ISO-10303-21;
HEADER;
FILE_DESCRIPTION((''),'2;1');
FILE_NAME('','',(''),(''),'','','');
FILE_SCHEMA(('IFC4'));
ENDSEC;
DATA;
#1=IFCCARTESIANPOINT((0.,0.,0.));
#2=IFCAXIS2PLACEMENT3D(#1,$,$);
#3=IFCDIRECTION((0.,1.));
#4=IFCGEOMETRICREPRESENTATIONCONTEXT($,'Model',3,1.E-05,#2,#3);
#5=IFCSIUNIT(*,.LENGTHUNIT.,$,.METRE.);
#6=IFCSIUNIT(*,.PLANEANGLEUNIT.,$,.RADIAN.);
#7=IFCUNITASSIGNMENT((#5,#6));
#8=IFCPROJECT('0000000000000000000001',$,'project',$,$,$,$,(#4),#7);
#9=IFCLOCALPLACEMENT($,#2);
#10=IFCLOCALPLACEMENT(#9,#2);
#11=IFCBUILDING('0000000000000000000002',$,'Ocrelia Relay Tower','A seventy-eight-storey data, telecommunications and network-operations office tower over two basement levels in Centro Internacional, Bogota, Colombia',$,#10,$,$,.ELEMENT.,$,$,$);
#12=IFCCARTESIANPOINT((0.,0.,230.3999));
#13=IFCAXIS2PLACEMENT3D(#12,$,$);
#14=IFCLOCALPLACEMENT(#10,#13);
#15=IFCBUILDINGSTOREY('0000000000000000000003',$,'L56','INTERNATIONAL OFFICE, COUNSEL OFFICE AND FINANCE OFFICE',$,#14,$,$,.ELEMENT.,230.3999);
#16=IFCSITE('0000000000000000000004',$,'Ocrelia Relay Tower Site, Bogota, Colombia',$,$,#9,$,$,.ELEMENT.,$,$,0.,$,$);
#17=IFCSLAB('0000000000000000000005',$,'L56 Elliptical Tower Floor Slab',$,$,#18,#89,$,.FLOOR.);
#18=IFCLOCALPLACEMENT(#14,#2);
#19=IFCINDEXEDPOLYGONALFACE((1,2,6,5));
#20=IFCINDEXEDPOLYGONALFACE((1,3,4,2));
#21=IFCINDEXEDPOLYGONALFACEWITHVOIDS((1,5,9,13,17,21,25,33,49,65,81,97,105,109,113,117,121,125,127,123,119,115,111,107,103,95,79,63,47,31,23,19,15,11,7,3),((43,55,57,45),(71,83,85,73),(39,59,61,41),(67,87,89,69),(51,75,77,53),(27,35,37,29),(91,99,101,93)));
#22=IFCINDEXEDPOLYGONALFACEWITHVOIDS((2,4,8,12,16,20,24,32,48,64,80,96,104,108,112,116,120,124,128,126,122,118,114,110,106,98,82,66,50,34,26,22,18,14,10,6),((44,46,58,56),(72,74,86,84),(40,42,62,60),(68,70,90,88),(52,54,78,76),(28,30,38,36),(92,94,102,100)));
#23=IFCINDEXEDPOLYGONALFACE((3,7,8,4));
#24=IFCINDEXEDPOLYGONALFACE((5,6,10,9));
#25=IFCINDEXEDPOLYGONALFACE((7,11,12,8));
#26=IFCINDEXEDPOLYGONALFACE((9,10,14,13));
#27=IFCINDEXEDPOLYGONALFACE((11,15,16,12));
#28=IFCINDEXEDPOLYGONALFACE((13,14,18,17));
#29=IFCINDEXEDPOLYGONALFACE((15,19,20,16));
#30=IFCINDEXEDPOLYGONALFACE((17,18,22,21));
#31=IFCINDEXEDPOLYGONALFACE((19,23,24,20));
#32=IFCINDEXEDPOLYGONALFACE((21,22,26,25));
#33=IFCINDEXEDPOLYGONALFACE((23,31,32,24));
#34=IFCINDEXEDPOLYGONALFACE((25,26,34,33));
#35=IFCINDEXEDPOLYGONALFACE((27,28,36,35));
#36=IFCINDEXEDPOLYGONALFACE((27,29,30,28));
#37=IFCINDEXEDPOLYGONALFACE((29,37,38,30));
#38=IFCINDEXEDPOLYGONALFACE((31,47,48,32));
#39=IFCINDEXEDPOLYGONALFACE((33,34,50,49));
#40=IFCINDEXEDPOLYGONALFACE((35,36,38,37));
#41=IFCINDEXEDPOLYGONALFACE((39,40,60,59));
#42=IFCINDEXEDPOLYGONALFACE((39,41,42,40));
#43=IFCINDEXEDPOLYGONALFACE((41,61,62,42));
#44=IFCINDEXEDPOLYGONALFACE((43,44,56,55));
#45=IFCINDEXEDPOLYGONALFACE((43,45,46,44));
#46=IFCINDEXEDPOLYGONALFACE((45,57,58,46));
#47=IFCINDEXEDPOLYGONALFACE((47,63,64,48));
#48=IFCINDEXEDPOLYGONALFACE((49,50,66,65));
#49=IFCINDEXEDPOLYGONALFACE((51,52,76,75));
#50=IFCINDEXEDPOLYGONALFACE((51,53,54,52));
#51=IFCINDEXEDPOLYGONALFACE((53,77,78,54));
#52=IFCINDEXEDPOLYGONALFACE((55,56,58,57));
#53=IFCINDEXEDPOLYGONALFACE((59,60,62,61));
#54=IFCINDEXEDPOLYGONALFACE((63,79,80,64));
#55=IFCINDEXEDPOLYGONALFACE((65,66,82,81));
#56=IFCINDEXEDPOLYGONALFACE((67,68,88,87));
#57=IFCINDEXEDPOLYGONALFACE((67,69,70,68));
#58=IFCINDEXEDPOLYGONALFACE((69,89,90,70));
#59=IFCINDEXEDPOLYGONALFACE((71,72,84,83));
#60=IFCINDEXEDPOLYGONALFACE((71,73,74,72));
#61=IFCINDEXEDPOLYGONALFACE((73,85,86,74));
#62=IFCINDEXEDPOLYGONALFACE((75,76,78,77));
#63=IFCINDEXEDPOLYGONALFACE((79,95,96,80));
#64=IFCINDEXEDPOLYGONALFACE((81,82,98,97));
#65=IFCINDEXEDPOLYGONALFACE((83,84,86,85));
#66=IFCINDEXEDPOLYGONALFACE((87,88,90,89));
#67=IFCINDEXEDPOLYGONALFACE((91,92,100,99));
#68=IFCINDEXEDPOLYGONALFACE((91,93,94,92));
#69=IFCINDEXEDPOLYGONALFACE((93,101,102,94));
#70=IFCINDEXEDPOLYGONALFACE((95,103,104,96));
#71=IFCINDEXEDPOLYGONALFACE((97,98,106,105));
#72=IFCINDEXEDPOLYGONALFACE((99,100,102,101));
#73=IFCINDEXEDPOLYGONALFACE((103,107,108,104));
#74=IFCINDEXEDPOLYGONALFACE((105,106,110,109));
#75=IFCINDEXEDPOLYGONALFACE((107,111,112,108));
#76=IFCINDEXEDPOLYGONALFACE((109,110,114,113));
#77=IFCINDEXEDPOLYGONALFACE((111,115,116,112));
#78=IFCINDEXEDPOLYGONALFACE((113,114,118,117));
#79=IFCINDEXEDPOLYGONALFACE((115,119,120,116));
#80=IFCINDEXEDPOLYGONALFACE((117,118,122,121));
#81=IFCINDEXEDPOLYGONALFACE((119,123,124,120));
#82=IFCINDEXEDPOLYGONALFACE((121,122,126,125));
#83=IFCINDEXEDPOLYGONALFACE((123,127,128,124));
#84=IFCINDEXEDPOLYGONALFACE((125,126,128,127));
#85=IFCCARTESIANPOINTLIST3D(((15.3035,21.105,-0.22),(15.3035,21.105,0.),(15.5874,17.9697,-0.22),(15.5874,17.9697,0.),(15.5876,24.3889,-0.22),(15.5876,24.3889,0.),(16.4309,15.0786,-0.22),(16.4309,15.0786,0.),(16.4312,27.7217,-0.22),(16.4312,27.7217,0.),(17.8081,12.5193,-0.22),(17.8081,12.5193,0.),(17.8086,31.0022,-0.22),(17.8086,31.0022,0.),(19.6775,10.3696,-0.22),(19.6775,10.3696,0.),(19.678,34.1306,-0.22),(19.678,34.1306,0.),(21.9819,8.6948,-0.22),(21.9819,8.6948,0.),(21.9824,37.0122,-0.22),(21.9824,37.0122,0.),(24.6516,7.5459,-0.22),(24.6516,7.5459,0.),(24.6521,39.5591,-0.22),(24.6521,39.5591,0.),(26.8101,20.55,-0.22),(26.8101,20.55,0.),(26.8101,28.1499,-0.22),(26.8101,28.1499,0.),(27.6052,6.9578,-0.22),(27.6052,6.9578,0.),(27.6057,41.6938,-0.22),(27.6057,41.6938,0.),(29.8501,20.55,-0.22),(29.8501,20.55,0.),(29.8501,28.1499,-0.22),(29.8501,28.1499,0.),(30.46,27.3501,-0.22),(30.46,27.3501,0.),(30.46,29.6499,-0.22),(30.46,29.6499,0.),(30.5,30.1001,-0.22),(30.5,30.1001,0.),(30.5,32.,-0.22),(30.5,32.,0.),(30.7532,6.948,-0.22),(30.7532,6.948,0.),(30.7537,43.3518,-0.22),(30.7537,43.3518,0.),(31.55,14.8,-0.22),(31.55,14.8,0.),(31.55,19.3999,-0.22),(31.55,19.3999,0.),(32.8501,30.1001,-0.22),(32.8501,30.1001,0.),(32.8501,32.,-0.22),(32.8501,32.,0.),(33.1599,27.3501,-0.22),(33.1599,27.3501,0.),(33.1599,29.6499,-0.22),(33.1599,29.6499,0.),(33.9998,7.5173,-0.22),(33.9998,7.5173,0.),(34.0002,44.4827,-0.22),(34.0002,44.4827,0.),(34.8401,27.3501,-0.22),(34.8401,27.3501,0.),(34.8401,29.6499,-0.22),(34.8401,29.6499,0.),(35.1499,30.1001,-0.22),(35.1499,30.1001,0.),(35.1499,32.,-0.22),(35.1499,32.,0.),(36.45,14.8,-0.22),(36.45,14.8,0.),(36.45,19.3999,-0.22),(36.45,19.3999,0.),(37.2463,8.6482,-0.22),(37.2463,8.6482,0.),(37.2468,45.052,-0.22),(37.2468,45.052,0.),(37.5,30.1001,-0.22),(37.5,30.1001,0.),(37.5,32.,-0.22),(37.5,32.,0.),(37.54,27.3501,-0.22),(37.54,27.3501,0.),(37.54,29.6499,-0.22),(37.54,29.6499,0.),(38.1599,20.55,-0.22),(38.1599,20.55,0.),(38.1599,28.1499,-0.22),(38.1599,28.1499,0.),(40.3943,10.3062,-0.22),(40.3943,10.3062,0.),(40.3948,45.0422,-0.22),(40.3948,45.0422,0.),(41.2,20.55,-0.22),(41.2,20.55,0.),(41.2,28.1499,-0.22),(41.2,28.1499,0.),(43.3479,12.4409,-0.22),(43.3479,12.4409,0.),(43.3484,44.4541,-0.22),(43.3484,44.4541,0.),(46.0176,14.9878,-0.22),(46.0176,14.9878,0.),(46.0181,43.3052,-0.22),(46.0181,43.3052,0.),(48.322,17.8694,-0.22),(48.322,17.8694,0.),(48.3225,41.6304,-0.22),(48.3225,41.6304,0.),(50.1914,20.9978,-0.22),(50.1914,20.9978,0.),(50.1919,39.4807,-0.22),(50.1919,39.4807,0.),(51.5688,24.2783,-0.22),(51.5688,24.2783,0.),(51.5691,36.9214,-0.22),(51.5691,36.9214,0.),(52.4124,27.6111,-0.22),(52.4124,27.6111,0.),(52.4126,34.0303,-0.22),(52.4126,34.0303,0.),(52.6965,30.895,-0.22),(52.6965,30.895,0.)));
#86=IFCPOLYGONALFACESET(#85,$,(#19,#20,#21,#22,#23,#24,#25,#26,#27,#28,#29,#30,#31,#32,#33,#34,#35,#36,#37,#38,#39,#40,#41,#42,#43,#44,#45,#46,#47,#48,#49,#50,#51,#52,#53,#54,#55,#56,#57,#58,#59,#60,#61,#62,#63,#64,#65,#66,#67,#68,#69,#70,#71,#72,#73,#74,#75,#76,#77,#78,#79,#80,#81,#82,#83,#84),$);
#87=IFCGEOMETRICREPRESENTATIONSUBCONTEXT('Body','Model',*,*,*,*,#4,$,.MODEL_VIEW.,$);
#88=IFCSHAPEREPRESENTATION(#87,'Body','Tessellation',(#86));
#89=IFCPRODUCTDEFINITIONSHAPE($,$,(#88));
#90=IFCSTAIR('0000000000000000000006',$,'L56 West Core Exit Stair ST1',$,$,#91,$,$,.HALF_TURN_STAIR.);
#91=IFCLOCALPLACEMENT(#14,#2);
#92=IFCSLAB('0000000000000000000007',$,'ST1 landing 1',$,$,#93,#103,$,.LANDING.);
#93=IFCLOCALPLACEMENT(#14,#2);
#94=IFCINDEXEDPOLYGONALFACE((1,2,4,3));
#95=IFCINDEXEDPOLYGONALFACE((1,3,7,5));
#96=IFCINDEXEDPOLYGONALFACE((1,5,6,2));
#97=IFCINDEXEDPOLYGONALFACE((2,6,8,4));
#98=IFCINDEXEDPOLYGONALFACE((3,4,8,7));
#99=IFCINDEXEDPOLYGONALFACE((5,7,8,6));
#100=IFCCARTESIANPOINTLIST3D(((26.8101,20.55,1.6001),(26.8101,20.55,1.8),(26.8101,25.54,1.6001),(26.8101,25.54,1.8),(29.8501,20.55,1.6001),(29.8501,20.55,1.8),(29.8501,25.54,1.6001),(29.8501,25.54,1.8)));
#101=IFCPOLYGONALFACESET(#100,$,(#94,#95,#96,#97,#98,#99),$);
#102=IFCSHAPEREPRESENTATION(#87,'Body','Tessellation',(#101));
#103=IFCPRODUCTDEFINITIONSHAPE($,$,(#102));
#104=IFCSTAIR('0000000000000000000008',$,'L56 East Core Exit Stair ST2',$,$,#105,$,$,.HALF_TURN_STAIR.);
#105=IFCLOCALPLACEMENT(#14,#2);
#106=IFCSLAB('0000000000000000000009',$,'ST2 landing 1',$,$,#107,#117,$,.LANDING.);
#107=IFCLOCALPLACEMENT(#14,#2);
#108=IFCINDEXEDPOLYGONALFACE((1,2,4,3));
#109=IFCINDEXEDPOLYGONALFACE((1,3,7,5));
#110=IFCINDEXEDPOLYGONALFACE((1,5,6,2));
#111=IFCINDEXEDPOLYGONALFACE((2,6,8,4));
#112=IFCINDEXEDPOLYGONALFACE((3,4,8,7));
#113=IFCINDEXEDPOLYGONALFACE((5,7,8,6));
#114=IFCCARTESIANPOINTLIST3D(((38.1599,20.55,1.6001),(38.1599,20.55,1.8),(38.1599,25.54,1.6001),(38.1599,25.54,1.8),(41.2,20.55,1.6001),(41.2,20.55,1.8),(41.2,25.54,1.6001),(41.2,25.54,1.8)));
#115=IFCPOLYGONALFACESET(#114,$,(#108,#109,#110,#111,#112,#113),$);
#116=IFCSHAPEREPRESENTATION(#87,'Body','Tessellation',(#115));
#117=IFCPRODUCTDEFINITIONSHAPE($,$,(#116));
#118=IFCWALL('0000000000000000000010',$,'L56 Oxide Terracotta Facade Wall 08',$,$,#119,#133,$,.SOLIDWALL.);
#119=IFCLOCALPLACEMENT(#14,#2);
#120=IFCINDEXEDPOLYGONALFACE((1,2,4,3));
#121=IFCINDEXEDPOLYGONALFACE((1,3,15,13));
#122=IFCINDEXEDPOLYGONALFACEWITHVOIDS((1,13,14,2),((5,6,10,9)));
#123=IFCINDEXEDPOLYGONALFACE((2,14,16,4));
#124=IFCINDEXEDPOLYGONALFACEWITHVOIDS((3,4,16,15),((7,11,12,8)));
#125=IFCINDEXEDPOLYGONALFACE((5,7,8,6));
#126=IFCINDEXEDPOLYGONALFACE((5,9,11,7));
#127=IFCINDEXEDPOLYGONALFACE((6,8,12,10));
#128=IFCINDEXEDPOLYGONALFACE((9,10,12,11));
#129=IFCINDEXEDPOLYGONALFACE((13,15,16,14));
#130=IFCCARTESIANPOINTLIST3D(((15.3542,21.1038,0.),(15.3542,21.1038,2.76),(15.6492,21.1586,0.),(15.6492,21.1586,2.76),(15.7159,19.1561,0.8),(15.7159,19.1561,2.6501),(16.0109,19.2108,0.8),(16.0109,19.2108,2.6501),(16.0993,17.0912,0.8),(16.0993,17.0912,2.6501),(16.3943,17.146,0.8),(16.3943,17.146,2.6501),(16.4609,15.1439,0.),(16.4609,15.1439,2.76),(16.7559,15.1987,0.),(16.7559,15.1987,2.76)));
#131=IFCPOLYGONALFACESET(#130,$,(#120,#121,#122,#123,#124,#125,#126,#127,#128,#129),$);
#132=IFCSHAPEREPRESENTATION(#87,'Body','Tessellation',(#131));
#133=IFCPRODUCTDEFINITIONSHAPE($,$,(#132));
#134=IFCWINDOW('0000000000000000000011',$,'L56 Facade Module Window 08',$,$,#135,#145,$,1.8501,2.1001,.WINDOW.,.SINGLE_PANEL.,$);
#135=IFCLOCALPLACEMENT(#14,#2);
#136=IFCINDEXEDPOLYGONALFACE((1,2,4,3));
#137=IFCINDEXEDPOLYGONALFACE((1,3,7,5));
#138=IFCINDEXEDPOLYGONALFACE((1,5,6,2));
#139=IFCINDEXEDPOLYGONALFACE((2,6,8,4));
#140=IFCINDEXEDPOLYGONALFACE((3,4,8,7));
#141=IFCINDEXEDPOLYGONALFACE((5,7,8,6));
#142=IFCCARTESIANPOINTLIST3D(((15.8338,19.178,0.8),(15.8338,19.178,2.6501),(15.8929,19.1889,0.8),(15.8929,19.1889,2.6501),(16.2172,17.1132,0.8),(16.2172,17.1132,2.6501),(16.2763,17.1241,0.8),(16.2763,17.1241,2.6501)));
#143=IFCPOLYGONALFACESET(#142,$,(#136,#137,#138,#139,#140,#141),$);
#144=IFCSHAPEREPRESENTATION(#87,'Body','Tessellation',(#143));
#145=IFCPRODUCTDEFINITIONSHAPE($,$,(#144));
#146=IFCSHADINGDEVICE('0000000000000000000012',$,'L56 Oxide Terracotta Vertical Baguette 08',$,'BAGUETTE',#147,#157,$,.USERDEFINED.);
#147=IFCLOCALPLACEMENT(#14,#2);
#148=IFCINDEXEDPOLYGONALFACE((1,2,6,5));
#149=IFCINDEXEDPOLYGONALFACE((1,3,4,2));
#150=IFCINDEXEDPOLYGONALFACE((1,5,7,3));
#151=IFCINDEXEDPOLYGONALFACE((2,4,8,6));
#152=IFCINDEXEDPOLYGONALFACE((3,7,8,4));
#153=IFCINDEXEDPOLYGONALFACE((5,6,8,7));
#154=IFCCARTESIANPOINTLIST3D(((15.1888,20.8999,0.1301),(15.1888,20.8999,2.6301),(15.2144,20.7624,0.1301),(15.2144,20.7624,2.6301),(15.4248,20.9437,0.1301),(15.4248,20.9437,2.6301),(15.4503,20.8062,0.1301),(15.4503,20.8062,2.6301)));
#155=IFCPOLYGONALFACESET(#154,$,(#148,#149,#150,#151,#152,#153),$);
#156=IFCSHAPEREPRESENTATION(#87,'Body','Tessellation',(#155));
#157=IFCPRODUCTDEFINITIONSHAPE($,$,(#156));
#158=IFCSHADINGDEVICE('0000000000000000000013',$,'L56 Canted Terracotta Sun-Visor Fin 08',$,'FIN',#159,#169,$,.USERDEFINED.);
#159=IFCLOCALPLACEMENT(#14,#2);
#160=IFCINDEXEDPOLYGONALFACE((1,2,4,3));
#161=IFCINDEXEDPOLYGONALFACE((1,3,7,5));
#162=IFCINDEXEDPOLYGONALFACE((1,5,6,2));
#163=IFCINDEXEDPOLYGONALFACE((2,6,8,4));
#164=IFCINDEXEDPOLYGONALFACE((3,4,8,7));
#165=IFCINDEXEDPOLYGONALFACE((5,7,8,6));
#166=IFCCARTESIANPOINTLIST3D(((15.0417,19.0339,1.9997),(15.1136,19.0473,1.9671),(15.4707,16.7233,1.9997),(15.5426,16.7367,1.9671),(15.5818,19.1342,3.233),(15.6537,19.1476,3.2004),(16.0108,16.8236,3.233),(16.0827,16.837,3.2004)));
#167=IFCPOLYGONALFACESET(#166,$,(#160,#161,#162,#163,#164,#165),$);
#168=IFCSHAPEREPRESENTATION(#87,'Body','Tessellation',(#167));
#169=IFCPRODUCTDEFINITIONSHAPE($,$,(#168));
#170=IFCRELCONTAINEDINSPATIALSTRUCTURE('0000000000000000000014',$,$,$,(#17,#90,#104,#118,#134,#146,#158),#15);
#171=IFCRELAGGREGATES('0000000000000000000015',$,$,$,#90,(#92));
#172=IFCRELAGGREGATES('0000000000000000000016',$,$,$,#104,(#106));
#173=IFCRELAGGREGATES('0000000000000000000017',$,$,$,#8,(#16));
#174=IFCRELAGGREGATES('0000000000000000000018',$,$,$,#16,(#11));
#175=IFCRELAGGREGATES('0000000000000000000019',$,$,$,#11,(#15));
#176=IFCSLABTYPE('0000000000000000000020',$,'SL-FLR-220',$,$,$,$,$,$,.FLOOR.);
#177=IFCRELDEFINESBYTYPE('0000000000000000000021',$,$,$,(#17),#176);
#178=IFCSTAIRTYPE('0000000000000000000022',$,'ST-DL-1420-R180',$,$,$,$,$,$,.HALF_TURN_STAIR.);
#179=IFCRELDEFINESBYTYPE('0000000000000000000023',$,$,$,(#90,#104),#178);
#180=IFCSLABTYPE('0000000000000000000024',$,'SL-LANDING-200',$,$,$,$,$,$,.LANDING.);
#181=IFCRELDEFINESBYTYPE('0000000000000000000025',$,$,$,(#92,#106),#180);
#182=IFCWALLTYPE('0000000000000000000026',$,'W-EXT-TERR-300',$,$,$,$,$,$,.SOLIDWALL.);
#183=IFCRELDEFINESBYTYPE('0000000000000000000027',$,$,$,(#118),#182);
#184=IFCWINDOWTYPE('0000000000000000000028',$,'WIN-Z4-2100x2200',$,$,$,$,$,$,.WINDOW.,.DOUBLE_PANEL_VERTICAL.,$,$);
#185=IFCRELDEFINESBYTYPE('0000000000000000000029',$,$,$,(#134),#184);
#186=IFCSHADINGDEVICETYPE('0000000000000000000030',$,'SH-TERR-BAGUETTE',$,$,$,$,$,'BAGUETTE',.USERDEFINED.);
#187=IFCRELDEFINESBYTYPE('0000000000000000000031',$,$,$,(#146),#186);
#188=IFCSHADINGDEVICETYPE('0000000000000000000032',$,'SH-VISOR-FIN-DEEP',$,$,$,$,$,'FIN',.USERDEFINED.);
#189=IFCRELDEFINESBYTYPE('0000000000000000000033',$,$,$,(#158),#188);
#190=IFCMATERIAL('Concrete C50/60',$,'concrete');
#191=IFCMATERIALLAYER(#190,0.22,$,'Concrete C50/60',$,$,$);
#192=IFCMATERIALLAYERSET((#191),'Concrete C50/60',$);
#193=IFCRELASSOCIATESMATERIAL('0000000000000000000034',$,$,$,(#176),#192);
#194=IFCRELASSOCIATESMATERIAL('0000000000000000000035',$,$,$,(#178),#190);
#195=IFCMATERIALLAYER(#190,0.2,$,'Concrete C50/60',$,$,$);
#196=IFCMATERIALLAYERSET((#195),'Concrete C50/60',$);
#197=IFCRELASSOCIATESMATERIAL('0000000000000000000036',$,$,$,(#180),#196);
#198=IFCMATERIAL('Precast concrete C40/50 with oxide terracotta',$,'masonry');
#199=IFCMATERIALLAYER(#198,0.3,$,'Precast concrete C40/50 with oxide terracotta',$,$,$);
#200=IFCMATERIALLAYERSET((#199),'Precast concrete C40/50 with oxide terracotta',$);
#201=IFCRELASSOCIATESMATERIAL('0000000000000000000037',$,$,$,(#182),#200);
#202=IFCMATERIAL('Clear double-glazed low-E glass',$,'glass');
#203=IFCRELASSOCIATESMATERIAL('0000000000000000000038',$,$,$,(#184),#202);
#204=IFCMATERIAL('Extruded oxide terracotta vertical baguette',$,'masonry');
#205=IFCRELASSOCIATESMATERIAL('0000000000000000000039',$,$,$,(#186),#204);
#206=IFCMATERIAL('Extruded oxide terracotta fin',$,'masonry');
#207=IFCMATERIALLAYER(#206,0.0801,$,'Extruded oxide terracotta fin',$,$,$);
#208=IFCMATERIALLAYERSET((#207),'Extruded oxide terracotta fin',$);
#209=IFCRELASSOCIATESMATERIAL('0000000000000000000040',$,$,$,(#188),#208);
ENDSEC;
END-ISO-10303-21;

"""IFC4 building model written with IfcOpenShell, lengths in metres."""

from ifc_helpers import new_model, si_unit, direction, frame, frame_2d, origin, origin_2d, place, context, subcontext, project, spatial, polyline, rectangle, outline, extrude, material, layer, layer_set, type_object, element, fill, aggregate, save


model = new_model("IFC4")

# Units and contexts
model_context = context("Model", 3, precision=1e-05, world=origin(), true_north=direction((0.0, 1.0)))
body_context = subcontext(model_context, "Body", "Model", "MODEL_VIEW")
ifc_project = project(units=[si_unit("LENGTHUNIT", "METRE"), si_unit("PLANEANGLEUNIT", "RADIAN")], contexts=[model_context])

# Site, building, storey
site_placement = place(None, origin())
site = spatial("IfcSite", under=ifc_project, at=site_placement, Name="Ocrelia Relay Tower Site, Bogota, Colombia", CompositionType="ELEMENT", RefElevation=0.0)
building_placement = place(site_placement, origin())
building = spatial("IfcBuilding", under=site, at=building_placement, Name="Ocrelia Relay Tower", Description="A seventy-eight-storey data, telecommunications and network-operations office tower over two basement levels in Centro Internacional, Bogota, Colombia", CompositionType="ELEMENT")
storey_placement = place(building_placement, frame((0.0, 0.0, 230.3999)))
storey = spatial("IfcBuildingStorey", under=building, at=storey_placement, Name="L56", Description="INTERNATIONAL OFFICE, COUNSEL OFFICE AND FINANCE OFFICE", CompositionType="ELEMENT", Elevation=230.3999)

# Shared definitions
ifc_material_1 = material(Name="Concrete C50/60", Category="concrete")

# Shared definitions
ifc_material_2 = material(Name="Clear double-glazed low-E glass", Category="glass")

# Slab
ifc_layer_1 = layer(ifc_material_1, 0.22, Name="Concrete C50/60")
ifc_layer_set_1 = layer_set([ifc_layer_1], Name="Concrete C50/60")
slab_type_1 = type_object("IfcSlabType", Name="SL-FLR-220", PredefinedType="FLOOR", material=ifc_layer_set_1)
slab_1_placement = place(storey_placement, frame((0.0, 0.0, -0.22)))
element("IfcSlab", 1, at=slab_1_placement, inside=storey, type_object=slab_type_1, Name="L56 Elliptical Tower Floor Slab", PredefinedType="FLOOR", context=body_context, shape_type="SweptSolid", body=[
    extrude(outline(polyline([(48.3225, 41.6304), (46.0181, 43.3052), (43.3484, 44.4541), (40.3948, 45.0422), (37.2468, 45.052), (34.0002, 44.4827), (30.7537, 43.3518), (27.6057, 41.6938), (24.6521, 39.5591), (21.9824, 37.0122), (19.678, 34.1306), (17.8086, 31.0022), (16.4312, 27.7217), (15.5876, 24.3889), (15.3035, 21.105), (15.5874, 17.9697), (16.4309, 15.0786), (17.8081, 12.5193), (19.6775, 10.3696), (21.9819, 8.6948), (24.6516, 7.5459), (27.6052, 6.9578), (30.7532, 6.948), (33.9998, 7.5173), (37.2463, 8.6482), (40.3943, 10.3062), (43.3479, 12.4409), (46.0176, 14.9878), (48.322, 17.8694), (50.1914, 20.9978), (51.5688, 24.2783), (52.4124, 27.6111), (52.6965, 30.895), (52.4126, 34.0303), (51.5691, 36.9214), (50.1919, 39.4807), (48.3225, 41.6304)]), holes=[polyline([(26.8101, 28.1499), (26.8101, 20.55), (29.8501, 20.55), (29.8501, 28.1499), (26.8101, 28.1499)]), polyline([(38.1599, 28.1499), (38.1599, 20.55), (41.2, 20.55), (41.2, 28.1499), (38.1599, 28.1499)]), polyline([(30.46, 27.3501), (33.1599, 27.3501), (33.1599, 29.6499), (30.46, 29.6499), (30.46, 27.3501)]), polyline([(34.8401, 27.3501), (37.54, 27.3501), (37.54, 29.6499), (34.8401, 29.6499), (34.8401, 27.3501)]), polyline([(30.5, 30.1001), (32.8501, 30.1001), (32.8501, 32.0), (30.5, 32.0), (30.5, 30.1001)]), polyline([(35.1499, 30.1001), (37.5, 30.1001), (37.5, 32.0), (35.1499, 32.0), (35.1499, 30.1001)]), polyline([(31.55, 14.8), (36.45, 14.8), (36.45, 19.3999), (31.55, 19.3999), (31.55, 14.8)])]), origin(), (0.0, 0.0, 1.0), 0.22),
])

# Stairs, slabs
stair_type = type_object("IfcStairType", Name="ST-DL-1420-R180", PredefinedType="HALF_TURN_STAIR", material=ifc_material_1)
stair_1_placement = place(storey_placement, origin())
stair_1 = element("IfcStair", 2, at=stair_1_placement, inside=storey, type_object=stair_type, Name="L56 West Core Exit Stair ST1", PredefinedType="HALF_TURN_STAIR")
ifc_layer_2 = layer(ifc_material_1, 0.2, Name="Concrete C50/60")
ifc_layer_set_2 = layer_set([ifc_layer_2], Name="Concrete C50/60")
slab_type_2 = type_object("IfcSlabType", Name="SL-LANDING-200", PredefinedType="LANDING", material=ifc_layer_set_2)
slab_2_placement = place(storey_placement, frame((0.0, 0.0, 1.6001)))
slab_2 = element("IfcSlab", 3, at=slab_2_placement, type_object=slab_type_2, Name="ST1 landing 1", PredefinedType="LANDING", context=body_context, shape_type="SweptSolid", body=[
    extrude(outline(polyline([(26.8101, 25.54), (26.8101, 20.55), (29.8501, 20.55), (29.8501, 25.54), (26.8101, 25.54)])), origin(), (0.0, 0.0, 1.0), 0.2),
])
aggregate(stair_1, [slab_2])
stair_2_placement = place(storey_placement, origin())
stair_2 = element("IfcStair", 4, at=stair_2_placement, inside=storey, type_object=stair_type, Name="L56 East Core Exit Stair ST2", PredefinedType="HALF_TURN_STAIR")
slab_3_placement = place(storey_placement, frame((0.0, 0.0, 1.6001)))
slab_3 = element("IfcSlab", 5, at=slab_3_placement, type_object=slab_type_2, Name="ST2 landing 1", PredefinedType="LANDING", context=body_context, shape_type="SweptSolid", body=[
    extrude(outline(polyline([(38.1599, 25.54), (38.1599, 20.55), (41.2, 20.55), (41.2, 25.54), (38.1599, 25.54)])), origin(), (0.0, 0.0, 1.0), 0.2),
])
aggregate(stair_2, [slab_3])

# Wall, opening, window
ifc_material_3 = material(Name="Precast concrete C40/50 with oxide terracotta", Category="masonry")
ifc_layer_3 = layer(ifc_material_3, 0.3, Name="Precast concrete C40/50 with oxide terracotta")
ifc_layer_set_3 = layer_set([ifc_layer_3], Name="Precast concrete C40/50 with oxide terracotta")
wall_type = type_object("IfcWallType", Name="W-EXT-TERR-300", PredefinedType="SOLIDWALL", material=ifc_layer_set_3)
wall_placement = place(storey_placement, frame((15.5017, 21.1311, 0.0), z_axis=(0.0, 0.0, 1.0), x_axis=(0.182567, -0.983193, 0.0)))
wall = element("IfcWall", 6, at=wall_placement, inside=storey, type_object=wall_type, Name="L56 Oxide Terracotta Facade Wall 08", PredefinedType="SOLIDWALL", context=body_context, shape_type="SweptSolid", body=[
    extrude(rectangle(XDim=6.0618, YDim=0.3, at=frame_2d((3.0308, 0.0))), origin(), (0.0, 0.0, 1.0), 2.76),
])
opening_placement = place(wall_placement, frame((1.981, 0.0, 0.8)))
opening = element("IfcOpeningElement", 7, at=opening_placement, cuts=wall, PredefinedType="OPENING", context=body_context, shape_type="SweptSolid", body=[
    extrude(rectangle(XDim=2.1001, YDim=1.8501, at=frame_2d((1.05, 0.925))), frame((0.0, 0.1602, 0.0), z_axis=(0.0, -1.0, 0.0), x_axis=(1.0, 0.0, 0.0)), (0.0, 0.0, 1.0), 0.3201),
])
window_type = type_object("IfcWindowType", Name="WIN-Z4-2100x2200", PartitioningType="DOUBLE_PANEL_VERTICAL", PredefinedType="WINDOW", material=ifc_material_2)
window_placement = place(opening_placement, origin())
window = element("IfcWindow", 8, at=window_placement, inside=storey, type_object=window_type, Name="L56 Facade Module Window 08", OverallHeight=1.8501, OverallWidth=2.1001, PartitioningType="SINGLE_PANEL", PredefinedType="WINDOW", context=body_context, shape_type="SweptSolid", body=[
    extrude(rectangle(XDim=2.1001, YDim=1.8501, at=frame_2d((1.05, 0.925))), frame((0.0, 0.03, 0.0), z_axis=(0.0, -1.0, 0.0), x_axis=(1.0, 0.0, 0.0)), (0.0, 0.0, 1.0), 0.0601),
])
fill(opening, window)

# Shading devices
ifc_material_4 = material(Name="Extruded oxide terracotta vertical baguette", Category="masonry")
shading_device_type_1 = type_object("IfcShadingDeviceType", Name="SH-TERR-BAGUETTE", ElementType="BAGUETTE", PredefinedType="USERDEFINED", material=ifc_material_4)
shading_device_1_placement = place(storey_placement, frame((15.3196, 20.853, 0.1301), z_axis=(0.0, 0.0, 1.0), x_axis=(0.182551, -0.983196, 0.0)))
element("IfcShadingDevice", 9, at=shading_device_1_placement, inside=storey, type_object=shading_device_type_1, Name="L56 Oxide Terracotta Vertical Baguette 08", ObjectType="BAGUETTE", PredefinedType="USERDEFINED", context=body_context, shape_type="SweptSolid", body=[
    extrude(rectangle(XDim=0.1399, YDim=0.24, at=origin_2d()), origin(), (0.0, 0.0, 1.0), 2.5),
])
ifc_material_5 = material(Name="Extruded oxide terracotta fin", Category="masonry")
ifc_layer_4 = layer(ifc_material_5, 0.0801, Name="Extruded oxide terracotta fin")
ifc_layer_set_4 = layer_set([ifc_layer_4], Name="Extruded oxide terracotta fin")
shading_device_type_2 = type_object("IfcShadingDeviceType", Name="SH-VISOR-FIN-DEEP", ElementType="FIN", PredefinedType="USERDEFINED", material=ifc_layer_set_4)
shading_device_2_placement = place(storey_placement, frame((15.5981, 17.9421, 2.5837), z_axis=(-0.898125, -0.166756, 0.406896), x_axis=(0.182551, -0.983196, 0.0)))
element("IfcShadingDevice", 10, at=shading_device_2_placement, inside=storey, type_object=shading_device_type_2, Name="L56 Canted Terracotta Sun-Visor Fin 08", ObjectType="FIN", PredefinedType="USERDEFINED", context=body_context, shape_type="SweptSolid", body=[
    extrude(rectangle(XDim=2.3501, YDim=1.3501, at=origin_2d()), origin(), (0.0, 0.0, 1.0), 0.0801),
])

save(model, "model.ifc")
